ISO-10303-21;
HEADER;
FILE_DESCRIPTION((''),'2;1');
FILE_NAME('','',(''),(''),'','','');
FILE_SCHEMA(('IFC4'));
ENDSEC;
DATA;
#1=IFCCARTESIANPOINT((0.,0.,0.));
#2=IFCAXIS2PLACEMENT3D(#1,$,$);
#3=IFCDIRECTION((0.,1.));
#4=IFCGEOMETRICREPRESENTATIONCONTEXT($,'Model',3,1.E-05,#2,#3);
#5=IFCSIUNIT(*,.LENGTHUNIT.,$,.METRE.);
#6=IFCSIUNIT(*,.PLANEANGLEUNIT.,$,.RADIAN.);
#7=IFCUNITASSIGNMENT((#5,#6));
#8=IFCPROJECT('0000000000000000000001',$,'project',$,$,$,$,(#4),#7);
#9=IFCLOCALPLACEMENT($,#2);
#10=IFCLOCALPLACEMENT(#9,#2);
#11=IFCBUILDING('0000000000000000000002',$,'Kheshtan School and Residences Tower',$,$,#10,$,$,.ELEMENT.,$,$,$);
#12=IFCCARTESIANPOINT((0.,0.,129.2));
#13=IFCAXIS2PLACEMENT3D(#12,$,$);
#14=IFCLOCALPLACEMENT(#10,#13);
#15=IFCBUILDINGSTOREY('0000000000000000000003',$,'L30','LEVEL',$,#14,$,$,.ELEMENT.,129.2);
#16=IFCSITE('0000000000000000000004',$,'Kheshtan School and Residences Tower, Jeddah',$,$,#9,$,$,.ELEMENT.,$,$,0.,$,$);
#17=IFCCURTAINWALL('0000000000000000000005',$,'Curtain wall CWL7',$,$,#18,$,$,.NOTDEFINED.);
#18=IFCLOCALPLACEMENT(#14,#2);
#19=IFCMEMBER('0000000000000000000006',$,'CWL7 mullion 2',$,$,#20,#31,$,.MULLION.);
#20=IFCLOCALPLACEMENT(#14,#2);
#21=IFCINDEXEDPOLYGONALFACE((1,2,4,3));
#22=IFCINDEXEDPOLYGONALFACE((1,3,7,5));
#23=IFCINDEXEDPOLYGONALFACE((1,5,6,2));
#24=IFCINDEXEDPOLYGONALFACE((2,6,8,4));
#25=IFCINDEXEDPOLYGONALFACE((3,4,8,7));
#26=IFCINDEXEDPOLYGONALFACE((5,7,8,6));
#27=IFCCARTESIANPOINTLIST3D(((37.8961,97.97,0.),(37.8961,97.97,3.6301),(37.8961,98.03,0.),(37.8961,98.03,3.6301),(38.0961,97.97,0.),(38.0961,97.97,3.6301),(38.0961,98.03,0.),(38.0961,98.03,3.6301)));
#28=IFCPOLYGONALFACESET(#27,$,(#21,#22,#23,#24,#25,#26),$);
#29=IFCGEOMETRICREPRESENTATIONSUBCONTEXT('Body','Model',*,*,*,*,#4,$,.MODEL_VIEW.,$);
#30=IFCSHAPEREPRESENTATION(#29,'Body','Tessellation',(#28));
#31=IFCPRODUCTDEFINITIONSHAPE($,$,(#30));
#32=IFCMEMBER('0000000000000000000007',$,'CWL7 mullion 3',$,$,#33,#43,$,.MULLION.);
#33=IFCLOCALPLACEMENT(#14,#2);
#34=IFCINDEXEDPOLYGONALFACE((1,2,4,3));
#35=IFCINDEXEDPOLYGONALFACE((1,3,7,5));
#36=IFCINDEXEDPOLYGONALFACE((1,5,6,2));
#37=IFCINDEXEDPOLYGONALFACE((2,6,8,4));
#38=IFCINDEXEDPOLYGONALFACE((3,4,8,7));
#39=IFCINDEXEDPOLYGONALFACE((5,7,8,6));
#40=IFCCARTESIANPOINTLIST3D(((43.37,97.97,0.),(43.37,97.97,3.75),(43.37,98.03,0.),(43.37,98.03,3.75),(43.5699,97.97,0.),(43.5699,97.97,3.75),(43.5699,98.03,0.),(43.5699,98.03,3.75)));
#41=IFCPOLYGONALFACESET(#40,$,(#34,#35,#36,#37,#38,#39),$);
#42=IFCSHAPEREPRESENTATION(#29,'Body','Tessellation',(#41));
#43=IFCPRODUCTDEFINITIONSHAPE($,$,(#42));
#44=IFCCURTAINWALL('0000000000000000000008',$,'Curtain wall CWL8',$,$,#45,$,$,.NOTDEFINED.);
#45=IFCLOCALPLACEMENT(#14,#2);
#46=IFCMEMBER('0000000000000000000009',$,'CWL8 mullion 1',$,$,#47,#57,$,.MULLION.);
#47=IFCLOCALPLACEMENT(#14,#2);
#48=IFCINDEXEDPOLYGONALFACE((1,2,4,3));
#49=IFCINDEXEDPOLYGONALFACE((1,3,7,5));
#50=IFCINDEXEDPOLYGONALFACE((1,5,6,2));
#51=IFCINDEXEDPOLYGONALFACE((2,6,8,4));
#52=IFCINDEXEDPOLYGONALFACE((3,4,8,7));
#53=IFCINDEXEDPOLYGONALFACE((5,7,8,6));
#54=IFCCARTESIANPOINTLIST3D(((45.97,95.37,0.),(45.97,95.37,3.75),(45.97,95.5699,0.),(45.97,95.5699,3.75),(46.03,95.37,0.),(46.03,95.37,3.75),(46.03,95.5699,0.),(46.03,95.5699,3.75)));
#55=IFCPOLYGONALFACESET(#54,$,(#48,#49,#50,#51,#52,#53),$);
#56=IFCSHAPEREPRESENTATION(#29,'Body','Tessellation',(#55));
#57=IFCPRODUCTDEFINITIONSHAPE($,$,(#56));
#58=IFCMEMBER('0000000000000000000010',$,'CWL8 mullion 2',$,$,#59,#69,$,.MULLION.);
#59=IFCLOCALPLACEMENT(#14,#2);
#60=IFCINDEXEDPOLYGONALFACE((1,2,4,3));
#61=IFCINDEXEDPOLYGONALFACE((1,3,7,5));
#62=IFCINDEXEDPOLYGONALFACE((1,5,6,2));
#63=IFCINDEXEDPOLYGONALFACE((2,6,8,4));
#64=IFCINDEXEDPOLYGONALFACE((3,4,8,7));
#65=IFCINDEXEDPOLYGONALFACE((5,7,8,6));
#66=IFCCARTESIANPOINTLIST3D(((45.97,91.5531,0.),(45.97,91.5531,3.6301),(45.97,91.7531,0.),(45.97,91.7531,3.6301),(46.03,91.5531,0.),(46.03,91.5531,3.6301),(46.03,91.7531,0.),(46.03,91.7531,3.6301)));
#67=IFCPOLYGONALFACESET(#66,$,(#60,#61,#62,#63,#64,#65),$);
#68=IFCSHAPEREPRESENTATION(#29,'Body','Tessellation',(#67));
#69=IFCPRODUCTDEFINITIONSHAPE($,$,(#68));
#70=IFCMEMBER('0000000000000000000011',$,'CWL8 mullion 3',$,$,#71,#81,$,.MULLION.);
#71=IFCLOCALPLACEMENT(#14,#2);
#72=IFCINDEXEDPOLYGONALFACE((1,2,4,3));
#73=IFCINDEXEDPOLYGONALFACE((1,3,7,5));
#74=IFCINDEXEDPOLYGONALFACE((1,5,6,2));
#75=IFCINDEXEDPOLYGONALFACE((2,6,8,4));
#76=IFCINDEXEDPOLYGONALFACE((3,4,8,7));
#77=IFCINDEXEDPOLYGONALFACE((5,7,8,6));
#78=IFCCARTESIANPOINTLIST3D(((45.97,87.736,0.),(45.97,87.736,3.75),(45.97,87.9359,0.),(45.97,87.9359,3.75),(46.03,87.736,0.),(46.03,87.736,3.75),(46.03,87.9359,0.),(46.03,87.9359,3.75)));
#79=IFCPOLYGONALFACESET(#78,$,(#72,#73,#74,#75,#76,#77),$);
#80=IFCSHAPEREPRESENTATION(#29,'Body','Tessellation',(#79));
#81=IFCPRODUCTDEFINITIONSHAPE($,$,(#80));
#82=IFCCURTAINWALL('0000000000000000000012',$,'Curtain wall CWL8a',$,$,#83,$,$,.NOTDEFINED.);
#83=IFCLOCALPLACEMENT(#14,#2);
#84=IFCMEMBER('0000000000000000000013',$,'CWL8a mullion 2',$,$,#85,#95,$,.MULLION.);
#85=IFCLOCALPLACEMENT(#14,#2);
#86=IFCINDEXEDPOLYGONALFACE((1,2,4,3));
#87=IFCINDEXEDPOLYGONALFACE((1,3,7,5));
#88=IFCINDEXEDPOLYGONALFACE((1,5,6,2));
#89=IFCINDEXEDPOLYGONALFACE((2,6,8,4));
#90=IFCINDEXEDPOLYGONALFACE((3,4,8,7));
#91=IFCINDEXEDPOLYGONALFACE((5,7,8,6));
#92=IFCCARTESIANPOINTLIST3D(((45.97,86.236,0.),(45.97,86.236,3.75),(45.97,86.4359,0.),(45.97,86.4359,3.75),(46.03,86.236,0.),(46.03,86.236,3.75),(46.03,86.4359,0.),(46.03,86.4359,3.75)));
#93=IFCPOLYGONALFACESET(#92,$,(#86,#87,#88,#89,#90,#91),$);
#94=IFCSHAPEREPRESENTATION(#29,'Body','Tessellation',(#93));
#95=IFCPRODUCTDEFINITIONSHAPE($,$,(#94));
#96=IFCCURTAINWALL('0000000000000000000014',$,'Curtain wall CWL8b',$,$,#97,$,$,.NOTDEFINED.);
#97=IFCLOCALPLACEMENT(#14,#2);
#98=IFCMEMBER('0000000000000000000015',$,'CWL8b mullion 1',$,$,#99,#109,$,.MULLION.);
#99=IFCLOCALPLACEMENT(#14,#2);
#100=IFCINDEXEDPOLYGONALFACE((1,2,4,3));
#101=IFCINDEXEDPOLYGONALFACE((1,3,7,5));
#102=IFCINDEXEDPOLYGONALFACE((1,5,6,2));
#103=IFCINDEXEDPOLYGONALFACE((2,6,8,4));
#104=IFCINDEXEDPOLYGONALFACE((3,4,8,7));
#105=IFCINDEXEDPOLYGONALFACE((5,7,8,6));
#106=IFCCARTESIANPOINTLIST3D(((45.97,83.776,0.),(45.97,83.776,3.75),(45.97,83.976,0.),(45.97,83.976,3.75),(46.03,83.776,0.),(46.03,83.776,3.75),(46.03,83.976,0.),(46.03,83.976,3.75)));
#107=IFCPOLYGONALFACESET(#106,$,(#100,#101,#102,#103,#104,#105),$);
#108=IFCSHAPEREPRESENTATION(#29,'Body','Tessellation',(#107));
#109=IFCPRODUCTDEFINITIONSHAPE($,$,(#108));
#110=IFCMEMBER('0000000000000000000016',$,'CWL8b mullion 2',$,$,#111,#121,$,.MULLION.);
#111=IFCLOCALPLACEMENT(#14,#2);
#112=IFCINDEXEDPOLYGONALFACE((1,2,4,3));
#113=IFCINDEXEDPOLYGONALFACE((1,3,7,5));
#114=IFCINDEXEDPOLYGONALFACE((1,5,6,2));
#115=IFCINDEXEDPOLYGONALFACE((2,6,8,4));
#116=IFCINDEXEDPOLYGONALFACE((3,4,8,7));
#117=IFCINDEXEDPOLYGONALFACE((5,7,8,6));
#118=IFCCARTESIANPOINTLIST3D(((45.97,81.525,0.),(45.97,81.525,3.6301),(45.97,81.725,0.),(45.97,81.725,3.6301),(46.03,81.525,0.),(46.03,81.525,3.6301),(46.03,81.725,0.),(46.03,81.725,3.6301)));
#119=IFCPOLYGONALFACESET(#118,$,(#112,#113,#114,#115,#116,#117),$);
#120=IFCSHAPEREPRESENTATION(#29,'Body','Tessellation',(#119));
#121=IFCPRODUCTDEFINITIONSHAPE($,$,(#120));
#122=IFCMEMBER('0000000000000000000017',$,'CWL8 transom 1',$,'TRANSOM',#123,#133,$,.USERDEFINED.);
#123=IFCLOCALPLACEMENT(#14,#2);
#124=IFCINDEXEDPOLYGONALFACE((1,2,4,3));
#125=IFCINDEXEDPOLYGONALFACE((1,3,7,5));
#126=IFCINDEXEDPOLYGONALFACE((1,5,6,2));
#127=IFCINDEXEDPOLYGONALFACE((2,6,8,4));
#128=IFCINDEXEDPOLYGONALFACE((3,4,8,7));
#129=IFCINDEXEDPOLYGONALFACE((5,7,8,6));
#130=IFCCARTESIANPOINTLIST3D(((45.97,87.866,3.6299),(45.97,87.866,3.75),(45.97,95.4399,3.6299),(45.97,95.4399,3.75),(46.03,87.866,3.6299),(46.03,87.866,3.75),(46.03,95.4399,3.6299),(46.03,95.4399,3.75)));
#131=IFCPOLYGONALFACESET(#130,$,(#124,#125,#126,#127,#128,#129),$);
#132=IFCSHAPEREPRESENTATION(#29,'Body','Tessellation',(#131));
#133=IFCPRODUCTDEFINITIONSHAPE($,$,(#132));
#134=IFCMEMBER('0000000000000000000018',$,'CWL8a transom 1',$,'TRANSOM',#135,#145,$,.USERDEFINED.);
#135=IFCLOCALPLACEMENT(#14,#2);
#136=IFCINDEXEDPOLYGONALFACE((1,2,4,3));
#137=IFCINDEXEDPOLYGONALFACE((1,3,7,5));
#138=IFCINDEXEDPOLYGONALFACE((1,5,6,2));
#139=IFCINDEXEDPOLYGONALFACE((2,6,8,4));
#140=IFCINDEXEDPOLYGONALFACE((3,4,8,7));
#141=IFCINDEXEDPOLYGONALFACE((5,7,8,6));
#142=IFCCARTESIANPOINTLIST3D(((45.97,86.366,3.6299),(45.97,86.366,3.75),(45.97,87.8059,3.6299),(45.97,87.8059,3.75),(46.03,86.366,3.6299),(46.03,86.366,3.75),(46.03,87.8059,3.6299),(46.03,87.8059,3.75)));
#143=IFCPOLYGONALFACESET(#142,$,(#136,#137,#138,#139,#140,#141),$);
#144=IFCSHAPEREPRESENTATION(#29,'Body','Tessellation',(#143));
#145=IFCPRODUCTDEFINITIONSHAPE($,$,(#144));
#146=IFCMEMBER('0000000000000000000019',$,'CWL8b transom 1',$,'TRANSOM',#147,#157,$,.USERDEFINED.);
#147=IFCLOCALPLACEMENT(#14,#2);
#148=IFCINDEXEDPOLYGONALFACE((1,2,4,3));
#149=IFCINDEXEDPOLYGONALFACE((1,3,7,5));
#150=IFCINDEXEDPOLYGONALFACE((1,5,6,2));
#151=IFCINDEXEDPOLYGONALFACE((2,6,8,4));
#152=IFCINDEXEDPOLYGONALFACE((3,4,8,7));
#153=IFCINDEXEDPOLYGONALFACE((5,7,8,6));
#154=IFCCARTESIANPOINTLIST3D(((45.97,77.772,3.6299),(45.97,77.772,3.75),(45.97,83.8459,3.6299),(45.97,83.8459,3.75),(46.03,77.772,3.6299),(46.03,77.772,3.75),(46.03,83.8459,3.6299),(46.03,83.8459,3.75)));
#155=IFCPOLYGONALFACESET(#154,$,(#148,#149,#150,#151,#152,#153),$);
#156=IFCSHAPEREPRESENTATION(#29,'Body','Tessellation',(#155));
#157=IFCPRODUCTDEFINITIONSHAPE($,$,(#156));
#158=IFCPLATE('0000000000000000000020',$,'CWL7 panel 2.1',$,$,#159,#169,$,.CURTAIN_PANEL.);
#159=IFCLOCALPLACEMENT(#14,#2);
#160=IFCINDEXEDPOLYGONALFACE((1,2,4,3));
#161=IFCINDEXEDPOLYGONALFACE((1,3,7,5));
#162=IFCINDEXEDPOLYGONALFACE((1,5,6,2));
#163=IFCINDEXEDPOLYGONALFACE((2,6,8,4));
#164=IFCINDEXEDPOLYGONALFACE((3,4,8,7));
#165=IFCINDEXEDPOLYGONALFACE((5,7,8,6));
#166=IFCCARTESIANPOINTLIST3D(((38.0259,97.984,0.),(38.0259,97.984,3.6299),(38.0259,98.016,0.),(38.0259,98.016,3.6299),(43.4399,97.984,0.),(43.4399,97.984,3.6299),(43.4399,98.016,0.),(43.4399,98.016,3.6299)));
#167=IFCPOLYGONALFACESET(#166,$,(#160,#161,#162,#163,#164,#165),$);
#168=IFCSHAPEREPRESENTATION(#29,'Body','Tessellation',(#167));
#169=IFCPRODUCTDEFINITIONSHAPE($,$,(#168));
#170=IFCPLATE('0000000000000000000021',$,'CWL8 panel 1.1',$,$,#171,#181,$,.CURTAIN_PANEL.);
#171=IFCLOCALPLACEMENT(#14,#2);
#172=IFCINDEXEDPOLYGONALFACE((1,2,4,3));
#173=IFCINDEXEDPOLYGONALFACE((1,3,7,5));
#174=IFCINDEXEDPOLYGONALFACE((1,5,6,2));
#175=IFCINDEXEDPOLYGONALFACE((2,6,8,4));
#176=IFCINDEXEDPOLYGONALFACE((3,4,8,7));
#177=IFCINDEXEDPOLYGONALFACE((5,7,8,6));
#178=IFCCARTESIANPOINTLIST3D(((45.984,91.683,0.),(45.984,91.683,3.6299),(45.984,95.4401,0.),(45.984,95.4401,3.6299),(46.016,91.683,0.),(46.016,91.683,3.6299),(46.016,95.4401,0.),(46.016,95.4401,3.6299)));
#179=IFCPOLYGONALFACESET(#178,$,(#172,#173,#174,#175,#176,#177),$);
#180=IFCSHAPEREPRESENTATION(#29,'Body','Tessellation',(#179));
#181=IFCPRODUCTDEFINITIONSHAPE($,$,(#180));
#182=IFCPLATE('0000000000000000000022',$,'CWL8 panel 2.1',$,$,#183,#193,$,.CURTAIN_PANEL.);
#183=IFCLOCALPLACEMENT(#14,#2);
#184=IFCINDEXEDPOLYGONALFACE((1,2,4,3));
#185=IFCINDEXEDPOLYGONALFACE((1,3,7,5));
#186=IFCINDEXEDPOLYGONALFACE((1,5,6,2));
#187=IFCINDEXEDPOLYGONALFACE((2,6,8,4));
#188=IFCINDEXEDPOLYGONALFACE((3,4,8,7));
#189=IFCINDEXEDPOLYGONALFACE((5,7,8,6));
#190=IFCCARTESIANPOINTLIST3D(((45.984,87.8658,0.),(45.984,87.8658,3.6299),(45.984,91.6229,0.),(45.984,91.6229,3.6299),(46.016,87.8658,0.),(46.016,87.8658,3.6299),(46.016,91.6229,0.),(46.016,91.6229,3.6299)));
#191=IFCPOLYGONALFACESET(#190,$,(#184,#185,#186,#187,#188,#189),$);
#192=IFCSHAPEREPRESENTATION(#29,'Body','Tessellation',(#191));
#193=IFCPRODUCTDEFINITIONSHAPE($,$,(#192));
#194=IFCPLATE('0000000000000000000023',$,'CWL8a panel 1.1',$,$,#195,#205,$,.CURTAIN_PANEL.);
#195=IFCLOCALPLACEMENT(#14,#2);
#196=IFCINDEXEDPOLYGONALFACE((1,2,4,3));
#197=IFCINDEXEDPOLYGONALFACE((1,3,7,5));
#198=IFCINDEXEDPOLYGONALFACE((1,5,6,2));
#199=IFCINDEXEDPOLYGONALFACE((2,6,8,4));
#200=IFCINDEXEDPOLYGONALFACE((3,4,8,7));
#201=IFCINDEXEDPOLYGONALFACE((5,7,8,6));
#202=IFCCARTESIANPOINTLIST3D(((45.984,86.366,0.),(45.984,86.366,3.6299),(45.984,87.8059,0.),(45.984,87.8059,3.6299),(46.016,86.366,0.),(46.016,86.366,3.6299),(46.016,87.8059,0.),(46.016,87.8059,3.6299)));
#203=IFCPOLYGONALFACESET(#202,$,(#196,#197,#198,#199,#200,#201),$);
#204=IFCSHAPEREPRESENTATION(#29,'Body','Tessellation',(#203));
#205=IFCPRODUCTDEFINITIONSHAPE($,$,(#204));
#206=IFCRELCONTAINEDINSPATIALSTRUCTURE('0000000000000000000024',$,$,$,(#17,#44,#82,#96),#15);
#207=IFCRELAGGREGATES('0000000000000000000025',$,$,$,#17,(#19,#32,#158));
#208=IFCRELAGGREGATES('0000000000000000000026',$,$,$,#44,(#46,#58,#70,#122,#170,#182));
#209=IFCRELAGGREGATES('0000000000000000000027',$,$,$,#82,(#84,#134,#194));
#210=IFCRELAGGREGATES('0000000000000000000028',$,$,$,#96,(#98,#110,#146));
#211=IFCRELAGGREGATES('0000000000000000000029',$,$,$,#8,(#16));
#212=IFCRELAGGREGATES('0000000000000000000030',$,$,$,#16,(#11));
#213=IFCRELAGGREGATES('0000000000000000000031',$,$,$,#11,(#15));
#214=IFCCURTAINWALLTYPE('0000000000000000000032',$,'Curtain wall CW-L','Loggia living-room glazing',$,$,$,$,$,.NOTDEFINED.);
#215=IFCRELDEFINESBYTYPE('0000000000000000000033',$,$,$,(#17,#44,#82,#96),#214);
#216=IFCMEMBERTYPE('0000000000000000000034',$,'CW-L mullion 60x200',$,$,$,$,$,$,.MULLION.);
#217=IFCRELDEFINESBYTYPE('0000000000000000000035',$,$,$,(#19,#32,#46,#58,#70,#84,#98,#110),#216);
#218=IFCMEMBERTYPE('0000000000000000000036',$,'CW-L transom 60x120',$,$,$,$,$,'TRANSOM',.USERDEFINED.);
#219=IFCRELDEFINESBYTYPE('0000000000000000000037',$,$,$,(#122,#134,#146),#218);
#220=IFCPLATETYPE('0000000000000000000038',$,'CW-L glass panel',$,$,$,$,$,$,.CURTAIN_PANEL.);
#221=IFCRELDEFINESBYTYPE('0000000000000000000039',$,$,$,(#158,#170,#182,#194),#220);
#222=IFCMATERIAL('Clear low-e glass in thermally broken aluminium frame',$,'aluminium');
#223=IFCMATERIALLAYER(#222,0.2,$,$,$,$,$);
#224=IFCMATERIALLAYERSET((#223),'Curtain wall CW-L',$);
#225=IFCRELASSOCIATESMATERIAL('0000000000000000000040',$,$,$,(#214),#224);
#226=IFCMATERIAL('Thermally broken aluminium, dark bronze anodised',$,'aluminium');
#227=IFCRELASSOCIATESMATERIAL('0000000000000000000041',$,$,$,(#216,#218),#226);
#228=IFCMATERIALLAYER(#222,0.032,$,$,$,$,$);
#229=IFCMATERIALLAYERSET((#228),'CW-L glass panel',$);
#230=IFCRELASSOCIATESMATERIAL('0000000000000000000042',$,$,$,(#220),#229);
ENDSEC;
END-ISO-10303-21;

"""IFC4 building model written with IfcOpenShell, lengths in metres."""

from ifc_helpers import new_model, si_unit, direction, frame, origin, origin_2d, place, context, subcontext, project, spatial, rectangle, extrude, material, layer, layer_set, material_profile, profile_set, type_object, element, aggregate, save


model = new_model("IFC4")

# Units and contexts
model_context = context("Model", 3, precision=1e-05, world=origin(), true_north=direction((0.0, 1.0)))
body_context = subcontext(model_context, "Body", "Model", "MODEL_VIEW")
ifc_project = project(units=[si_unit("LENGTHUNIT", "METRE"), si_unit("PLANEANGLEUNIT", "RADIAN")], contexts=[model_context])

# Site, building, storey
site_placement = place(None, origin())
site = spatial("IfcSite", under=ifc_project, at=site_placement, Name="Kheshtan School and Residences Tower, Jeddah", CompositionType="ELEMENT", RefElevation=0.0)
building_placement = place(site_placement, origin())
building = spatial("IfcBuilding", under=site, at=building_placement, Name="Kheshtan School and Residences Tower", CompositionType="ELEMENT")
storey_placement = place(building_placement, frame((0.0, 0.0, 129.2)))
storey = spatial("IfcBuildingStorey", under=building, at=storey_placement, Name="L30", Description="LEVEL", CompositionType="ELEMENT", Elevation=129.2)

# Curtain walls, members
ifc_material_1 = material(Name="Clear low-e glass in thermally broken aluminium frame", Category="aluminium")
ifc_layer_1 = layer(ifc_material_1, 0.2)
ifc_layer_set_1 = layer_set([ifc_layer_1], Name="Curtain wall CW-L")
curtain_wall_type = type_object("IfcCurtainWallType", Name="Curtain wall CW-L", Description="Loggia living-room glazing", PredefinedType="NOTDEFINED", material=ifc_layer_set_1)
curtain_wall_1_placement = place(storey_placement, origin())
curtain_wall_1 = element("IfcCurtainWall", 1, at=curtain_wall_1_placement, inside=storey, type_object=curtain_wall_type, Name="Curtain wall CWL7", PredefinedType="NOTDEFINED")
ifc_material_2 = material(Name="Thermally broken aluminium, dark bronze anodised", Category="aluminium")
ifc_material_profile_1 = material_profile(ifc_material_2, rectangle(XDim=0.0601, YDim=0.2, at=origin_2d()), Name="CW-L mullion 60x200")
ifc_profile_set_1 = profile_set([ifc_material_profile_1], Name="Thermally broken aluminium, dark bronze anodised")
member_type_1 = type_object("IfcMemberType", Name="CW-L mullion 60x200", PredefinedType="MULLION", material=ifc_profile_set_1)
member_1_placement = place(storey_placement, frame((37.9961, 98.0, 0.0), z_axis=(0.0, 0.0, 1.0), x_axis=(0.0, 1.0, 0.0)))
member_1 = element("IfcMember", 2, at=member_1_placement, type_object=member_type_1, Name="CWL7 mullion 2", PredefinedType="MULLION", context=body_context, shape_type="SweptSolid", body=[
    extrude(rectangle(XDim=0.0601, YDim=0.2, at=origin_2d()), origin(), (0.0, 0.0, 1.0), 3.6301),
])
member_2_placement = place(storey_placement, frame((43.47, 98.0, 0.0), z_axis=(0.0, 0.0, 1.0), x_axis=(0.0, 1.0, 0.0)))
member_2 = element("IfcMember", 3, at=member_2_placement, type_object=member_type_1, Name="CWL7 mullion 3", PredefinedType="MULLION", context=body_context, shape_type="SweptSolid", body=[
    extrude(rectangle(XDim=0.0601, YDim=0.2, at=origin_2d()), origin(), (0.0, 0.0, 1.0), 3.75),
])
curtain_wall_2_placement = place(storey_placement, origin())
curtain_wall_2 = element("IfcCurtainWall", 4, at=curtain_wall_2_placement, inside=storey, type_object=curtain_wall_type, Name="Curtain wall CWL8", PredefinedType="NOTDEFINED")
member_3_placement = place(storey_placement, frame((46.0, 95.47, 0.0), z_axis=(0.0, 0.0, 1.0), x_axis=(1.0, 0.0, 0.0)))
member_3 = element("IfcMember", 5, at=member_3_placement, type_object=member_type_1, Name="CWL8 mullion 1", PredefinedType="MULLION", context=body_context, shape_type="SweptSolid", body=[
    extrude(rectangle(XDim=0.0601, YDim=0.2, at=origin_2d()), origin(), (0.0, 0.0, 1.0), 3.75),
])
member_4_placement = place(storey_placement, frame((46.0, 91.6531, 0.0), z_axis=(0.0, 0.0, 1.0), x_axis=(1.0, 0.0, 0.0)))
member_4 = element("IfcMember", 6, at=member_4_placement, type_object=member_type_1, Name="CWL8 mullion 2", PredefinedType="MULLION", context=body_context, shape_type="SweptSolid", body=[
    extrude(rectangle(XDim=0.0601, YDim=0.2, at=origin_2d()), origin(), (0.0, 0.0, 1.0), 3.6301),
])
member_5_placement = place(storey_placement, frame((46.0, 87.8359, 0.0), z_axis=(0.0, 0.0, 1.0), x_axis=(1.0, 0.0, 0.0)))
member_5 = element("IfcMember", 7, at=member_5_placement, type_object=member_type_1, Name="CWL8 mullion 3", PredefinedType="MULLION", context=body_context, shape_type="SweptSolid", body=[
    extrude(rectangle(XDim=0.0601, YDim=0.2, at=origin_2d()), origin(), (0.0, 0.0, 1.0), 3.75),
])

# Curtain wall, member
curtain_wall_3_placement = place(storey_placement, origin())
curtain_wall_3 = element("IfcCurtainWall", 8, at=curtain_wall_3_placement, inside=storey, type_object=curtain_wall_type, Name="Curtain wall CWL8a", PredefinedType="NOTDEFINED")
member_6_placement = place(storey_placement, frame((46.0, 86.3359, 0.0), z_axis=(0.0, 0.0, 1.0), x_axis=(1.0, 0.0, 0.0)))
member_6 = element("IfcMember", 9, at=member_6_placement, type_object=member_type_1, Name="CWL8a mullion 2", PredefinedType="MULLION", context=body_context, shape_type="SweptSolid", body=[
    extrude(rectangle(XDim=0.0601, YDim=0.2, at=origin_2d()), origin(), (0.0, 0.0, 1.0), 3.75),
])

# Curtain wall, members
curtain_wall_4_placement = place(storey_placement, origin())
curtain_wall_4 = element("IfcCurtainWall", 10, at=curtain_wall_4_placement, inside=storey, type_object=curtain_wall_type, Name="Curtain wall CWL8b", PredefinedType="NOTDEFINED")
member_7_placement = place(storey_placement, frame((46.0, 83.876, 0.0), z_axis=(0.0, 0.0, 1.0), x_axis=(1.0, 0.0, 0.0)))
member_7 = element("IfcMember", 11, at=member_7_placement, type_object=member_type_1, Name="CWL8b mullion 1", PredefinedType="MULLION", context=body_context, shape_type="SweptSolid", body=[
    extrude(rectangle(XDim=0.0601, YDim=0.2, at=origin_2d()), origin(), (0.0, 0.0, 1.0), 3.75),
])
member_8_placement = place(storey_placement, frame((46.0, 81.625, 0.0), z_axis=(0.0, 0.0, 1.0), x_axis=(1.0, 0.0, 0.0)))
member_8 = element("IfcMember", 12, at=member_8_placement, type_object=member_type_1, Name="CWL8b mullion 2", PredefinedType="MULLION", context=body_context, shape_type="SweptSolid", body=[
    extrude(rectangle(XDim=0.0601, YDim=0.2, at=origin_2d()), origin(), (0.0, 0.0, 1.0), 3.6301),
])

# Members
ifc_material_profile_2 = material_profile(ifc_material_2, rectangle(XDim=0.0601, YDim=0.1201, at=origin_2d()), Name="CW-L transom 60x120")
ifc_profile_set_2 = profile_set([ifc_material_profile_2], Name="Thermally broken aluminium, dark bronze anodised")
member_type_2 = type_object("IfcMemberType", Name="CW-L transom 60x120", ElementType="TRANSOM", PredefinedType="USERDEFINED", material=ifc_profile_set_2)
member_9_placement = place(storey_placement, frame((46.0, 95.4399, 3.6899), z_axis=(0.0, -1.0, 0.0), x_axis=(1.0, 0.0, 0.0)))
member_9 = element("IfcMember", 13, at=member_9_placement, type_object=member_type_2, Name="CWL8 transom 1", ObjectType="TRANSOM", PredefinedType="USERDEFINED", context=body_context, shape_type="SweptSolid", body=[
    extrude(rectangle(XDim=0.0601, YDim=0.1201, at=origin_2d()), origin(), (0.0, 0.0, 1.0), 7.574),
])
member_10_placement = place(storey_placement, frame((46.0, 87.8059, 3.6899), z_axis=(0.0, -1.0, 0.0), x_axis=(1.0, 0.0, 0.0)))
member_10 = element("IfcMember", 14, at=member_10_placement, type_object=member_type_2, Name="CWL8a transom 1", ObjectType="TRANSOM", PredefinedType="USERDEFINED", context=body_context, shape_type="SweptSolid", body=[
    extrude(rectangle(XDim=0.0601, YDim=0.1201, at=origin_2d()), origin(), (0.0, 0.0, 1.0), 1.4399),
])
member_11_placement = place(storey_placement, frame((46.0, 83.8459, 3.6899), z_axis=(0.0, -1.0, 0.0), x_axis=(1.0, 0.0, 0.0)))
member_11 = element("IfcMember", 15, at=member_11_placement, type_object=member_type_2, Name="CWL8b transom 1", ObjectType="TRANSOM", PredefinedType="USERDEFINED", context=body_context, shape_type="SweptSolid", body=[
    extrude(rectangle(XDim=0.0601, YDim=0.1201, at=origin_2d()), origin(), (0.0, 0.0, 1.0), 6.074),
])

# Plates
ifc_layer_2 = layer(ifc_material_1, 0.032)
ifc_layer_set_2 = layer_set([ifc_layer_2], Name="CW-L glass panel")
plate_type = type_object("IfcPlateType", Name="CW-L glass panel", PredefinedType="CURTAIN_PANEL", material=ifc_layer_set_2)
plate_1_placement = place(storey_placement, frame((40.7329, 98.0, 0.0), z_axis=(0.0, 0.0, 1.0), x_axis=(1.0, 0.0, 0.0)))
plate_1 = element("IfcPlate", 16, at=plate_1_placement, type_object=plate_type, Name="CWL7 panel 2.1", PredefinedType="CURTAIN_PANEL", context=body_context, shape_type="SweptSolid", body=[
    extrude(rectangle(XDim=5.4141, YDim=0.032, at=origin_2d()), origin(), (0.0, 0.0, 1.0), 3.6299),
])
aggregate(curtain_wall_1, [member_1, member_2, plate_1])
plate_2_placement = place(storey_placement, frame((46.0, 93.5615, 0.0), z_axis=(0.0, 0.0, 1.0), x_axis=(0.0, -1.0, 0.0)))
plate_2 = element("IfcPlate", 17, at=plate_2_placement, type_object=plate_type, Name="CWL8 panel 1.1", PredefinedType="CURTAIN_PANEL", context=body_context, shape_type="SweptSolid", body=[
    extrude(rectangle(XDim=3.7571, YDim=0.032, at=origin_2d()), origin(), (0.0, 0.0, 1.0), 3.6299),
])
plate_3_placement = place(storey_placement, frame((46.0, 89.7444, 0.0), z_axis=(0.0, 0.0, 1.0), x_axis=(0.0, -1.0, 0.0)))
plate_3 = element("IfcPlate", 18, at=plate_3_placement, type_object=plate_type, Name="CWL8 panel 2.1", PredefinedType="CURTAIN_PANEL", context=body_context, shape_type="SweptSolid", body=[
    extrude(rectangle(XDim=3.7571, YDim=0.032, at=origin_2d()), origin(), (0.0, 0.0, 1.0), 3.6299),
])
aggregate(curtain_wall_2, [member_3, member_4, member_5, member_9, plate_2, plate_3])
plate_4_placement = place(storey_placement, frame((46.0, 87.0859, 0.0), z_axis=(0.0, 0.0, 1.0), x_axis=(0.0, -1.0, 0.0)))
plate_4 = element("IfcPlate", 19, at=plate_4_placement, type_object=plate_type, Name="CWL8a panel 1.1", PredefinedType="CURTAIN_PANEL", context=body_context, shape_type="SweptSolid", body=[
    extrude(rectangle(XDim=1.4399, YDim=0.032, at=origin_2d()), origin(), (0.0, 0.0, 1.0), 3.6299),
])
aggregate(curtain_wall_3, [member_6, member_10, plate_4])
aggregate(curtain_wall_4, [member_7, member_8, member_11])

save(model, "model.ifc")
